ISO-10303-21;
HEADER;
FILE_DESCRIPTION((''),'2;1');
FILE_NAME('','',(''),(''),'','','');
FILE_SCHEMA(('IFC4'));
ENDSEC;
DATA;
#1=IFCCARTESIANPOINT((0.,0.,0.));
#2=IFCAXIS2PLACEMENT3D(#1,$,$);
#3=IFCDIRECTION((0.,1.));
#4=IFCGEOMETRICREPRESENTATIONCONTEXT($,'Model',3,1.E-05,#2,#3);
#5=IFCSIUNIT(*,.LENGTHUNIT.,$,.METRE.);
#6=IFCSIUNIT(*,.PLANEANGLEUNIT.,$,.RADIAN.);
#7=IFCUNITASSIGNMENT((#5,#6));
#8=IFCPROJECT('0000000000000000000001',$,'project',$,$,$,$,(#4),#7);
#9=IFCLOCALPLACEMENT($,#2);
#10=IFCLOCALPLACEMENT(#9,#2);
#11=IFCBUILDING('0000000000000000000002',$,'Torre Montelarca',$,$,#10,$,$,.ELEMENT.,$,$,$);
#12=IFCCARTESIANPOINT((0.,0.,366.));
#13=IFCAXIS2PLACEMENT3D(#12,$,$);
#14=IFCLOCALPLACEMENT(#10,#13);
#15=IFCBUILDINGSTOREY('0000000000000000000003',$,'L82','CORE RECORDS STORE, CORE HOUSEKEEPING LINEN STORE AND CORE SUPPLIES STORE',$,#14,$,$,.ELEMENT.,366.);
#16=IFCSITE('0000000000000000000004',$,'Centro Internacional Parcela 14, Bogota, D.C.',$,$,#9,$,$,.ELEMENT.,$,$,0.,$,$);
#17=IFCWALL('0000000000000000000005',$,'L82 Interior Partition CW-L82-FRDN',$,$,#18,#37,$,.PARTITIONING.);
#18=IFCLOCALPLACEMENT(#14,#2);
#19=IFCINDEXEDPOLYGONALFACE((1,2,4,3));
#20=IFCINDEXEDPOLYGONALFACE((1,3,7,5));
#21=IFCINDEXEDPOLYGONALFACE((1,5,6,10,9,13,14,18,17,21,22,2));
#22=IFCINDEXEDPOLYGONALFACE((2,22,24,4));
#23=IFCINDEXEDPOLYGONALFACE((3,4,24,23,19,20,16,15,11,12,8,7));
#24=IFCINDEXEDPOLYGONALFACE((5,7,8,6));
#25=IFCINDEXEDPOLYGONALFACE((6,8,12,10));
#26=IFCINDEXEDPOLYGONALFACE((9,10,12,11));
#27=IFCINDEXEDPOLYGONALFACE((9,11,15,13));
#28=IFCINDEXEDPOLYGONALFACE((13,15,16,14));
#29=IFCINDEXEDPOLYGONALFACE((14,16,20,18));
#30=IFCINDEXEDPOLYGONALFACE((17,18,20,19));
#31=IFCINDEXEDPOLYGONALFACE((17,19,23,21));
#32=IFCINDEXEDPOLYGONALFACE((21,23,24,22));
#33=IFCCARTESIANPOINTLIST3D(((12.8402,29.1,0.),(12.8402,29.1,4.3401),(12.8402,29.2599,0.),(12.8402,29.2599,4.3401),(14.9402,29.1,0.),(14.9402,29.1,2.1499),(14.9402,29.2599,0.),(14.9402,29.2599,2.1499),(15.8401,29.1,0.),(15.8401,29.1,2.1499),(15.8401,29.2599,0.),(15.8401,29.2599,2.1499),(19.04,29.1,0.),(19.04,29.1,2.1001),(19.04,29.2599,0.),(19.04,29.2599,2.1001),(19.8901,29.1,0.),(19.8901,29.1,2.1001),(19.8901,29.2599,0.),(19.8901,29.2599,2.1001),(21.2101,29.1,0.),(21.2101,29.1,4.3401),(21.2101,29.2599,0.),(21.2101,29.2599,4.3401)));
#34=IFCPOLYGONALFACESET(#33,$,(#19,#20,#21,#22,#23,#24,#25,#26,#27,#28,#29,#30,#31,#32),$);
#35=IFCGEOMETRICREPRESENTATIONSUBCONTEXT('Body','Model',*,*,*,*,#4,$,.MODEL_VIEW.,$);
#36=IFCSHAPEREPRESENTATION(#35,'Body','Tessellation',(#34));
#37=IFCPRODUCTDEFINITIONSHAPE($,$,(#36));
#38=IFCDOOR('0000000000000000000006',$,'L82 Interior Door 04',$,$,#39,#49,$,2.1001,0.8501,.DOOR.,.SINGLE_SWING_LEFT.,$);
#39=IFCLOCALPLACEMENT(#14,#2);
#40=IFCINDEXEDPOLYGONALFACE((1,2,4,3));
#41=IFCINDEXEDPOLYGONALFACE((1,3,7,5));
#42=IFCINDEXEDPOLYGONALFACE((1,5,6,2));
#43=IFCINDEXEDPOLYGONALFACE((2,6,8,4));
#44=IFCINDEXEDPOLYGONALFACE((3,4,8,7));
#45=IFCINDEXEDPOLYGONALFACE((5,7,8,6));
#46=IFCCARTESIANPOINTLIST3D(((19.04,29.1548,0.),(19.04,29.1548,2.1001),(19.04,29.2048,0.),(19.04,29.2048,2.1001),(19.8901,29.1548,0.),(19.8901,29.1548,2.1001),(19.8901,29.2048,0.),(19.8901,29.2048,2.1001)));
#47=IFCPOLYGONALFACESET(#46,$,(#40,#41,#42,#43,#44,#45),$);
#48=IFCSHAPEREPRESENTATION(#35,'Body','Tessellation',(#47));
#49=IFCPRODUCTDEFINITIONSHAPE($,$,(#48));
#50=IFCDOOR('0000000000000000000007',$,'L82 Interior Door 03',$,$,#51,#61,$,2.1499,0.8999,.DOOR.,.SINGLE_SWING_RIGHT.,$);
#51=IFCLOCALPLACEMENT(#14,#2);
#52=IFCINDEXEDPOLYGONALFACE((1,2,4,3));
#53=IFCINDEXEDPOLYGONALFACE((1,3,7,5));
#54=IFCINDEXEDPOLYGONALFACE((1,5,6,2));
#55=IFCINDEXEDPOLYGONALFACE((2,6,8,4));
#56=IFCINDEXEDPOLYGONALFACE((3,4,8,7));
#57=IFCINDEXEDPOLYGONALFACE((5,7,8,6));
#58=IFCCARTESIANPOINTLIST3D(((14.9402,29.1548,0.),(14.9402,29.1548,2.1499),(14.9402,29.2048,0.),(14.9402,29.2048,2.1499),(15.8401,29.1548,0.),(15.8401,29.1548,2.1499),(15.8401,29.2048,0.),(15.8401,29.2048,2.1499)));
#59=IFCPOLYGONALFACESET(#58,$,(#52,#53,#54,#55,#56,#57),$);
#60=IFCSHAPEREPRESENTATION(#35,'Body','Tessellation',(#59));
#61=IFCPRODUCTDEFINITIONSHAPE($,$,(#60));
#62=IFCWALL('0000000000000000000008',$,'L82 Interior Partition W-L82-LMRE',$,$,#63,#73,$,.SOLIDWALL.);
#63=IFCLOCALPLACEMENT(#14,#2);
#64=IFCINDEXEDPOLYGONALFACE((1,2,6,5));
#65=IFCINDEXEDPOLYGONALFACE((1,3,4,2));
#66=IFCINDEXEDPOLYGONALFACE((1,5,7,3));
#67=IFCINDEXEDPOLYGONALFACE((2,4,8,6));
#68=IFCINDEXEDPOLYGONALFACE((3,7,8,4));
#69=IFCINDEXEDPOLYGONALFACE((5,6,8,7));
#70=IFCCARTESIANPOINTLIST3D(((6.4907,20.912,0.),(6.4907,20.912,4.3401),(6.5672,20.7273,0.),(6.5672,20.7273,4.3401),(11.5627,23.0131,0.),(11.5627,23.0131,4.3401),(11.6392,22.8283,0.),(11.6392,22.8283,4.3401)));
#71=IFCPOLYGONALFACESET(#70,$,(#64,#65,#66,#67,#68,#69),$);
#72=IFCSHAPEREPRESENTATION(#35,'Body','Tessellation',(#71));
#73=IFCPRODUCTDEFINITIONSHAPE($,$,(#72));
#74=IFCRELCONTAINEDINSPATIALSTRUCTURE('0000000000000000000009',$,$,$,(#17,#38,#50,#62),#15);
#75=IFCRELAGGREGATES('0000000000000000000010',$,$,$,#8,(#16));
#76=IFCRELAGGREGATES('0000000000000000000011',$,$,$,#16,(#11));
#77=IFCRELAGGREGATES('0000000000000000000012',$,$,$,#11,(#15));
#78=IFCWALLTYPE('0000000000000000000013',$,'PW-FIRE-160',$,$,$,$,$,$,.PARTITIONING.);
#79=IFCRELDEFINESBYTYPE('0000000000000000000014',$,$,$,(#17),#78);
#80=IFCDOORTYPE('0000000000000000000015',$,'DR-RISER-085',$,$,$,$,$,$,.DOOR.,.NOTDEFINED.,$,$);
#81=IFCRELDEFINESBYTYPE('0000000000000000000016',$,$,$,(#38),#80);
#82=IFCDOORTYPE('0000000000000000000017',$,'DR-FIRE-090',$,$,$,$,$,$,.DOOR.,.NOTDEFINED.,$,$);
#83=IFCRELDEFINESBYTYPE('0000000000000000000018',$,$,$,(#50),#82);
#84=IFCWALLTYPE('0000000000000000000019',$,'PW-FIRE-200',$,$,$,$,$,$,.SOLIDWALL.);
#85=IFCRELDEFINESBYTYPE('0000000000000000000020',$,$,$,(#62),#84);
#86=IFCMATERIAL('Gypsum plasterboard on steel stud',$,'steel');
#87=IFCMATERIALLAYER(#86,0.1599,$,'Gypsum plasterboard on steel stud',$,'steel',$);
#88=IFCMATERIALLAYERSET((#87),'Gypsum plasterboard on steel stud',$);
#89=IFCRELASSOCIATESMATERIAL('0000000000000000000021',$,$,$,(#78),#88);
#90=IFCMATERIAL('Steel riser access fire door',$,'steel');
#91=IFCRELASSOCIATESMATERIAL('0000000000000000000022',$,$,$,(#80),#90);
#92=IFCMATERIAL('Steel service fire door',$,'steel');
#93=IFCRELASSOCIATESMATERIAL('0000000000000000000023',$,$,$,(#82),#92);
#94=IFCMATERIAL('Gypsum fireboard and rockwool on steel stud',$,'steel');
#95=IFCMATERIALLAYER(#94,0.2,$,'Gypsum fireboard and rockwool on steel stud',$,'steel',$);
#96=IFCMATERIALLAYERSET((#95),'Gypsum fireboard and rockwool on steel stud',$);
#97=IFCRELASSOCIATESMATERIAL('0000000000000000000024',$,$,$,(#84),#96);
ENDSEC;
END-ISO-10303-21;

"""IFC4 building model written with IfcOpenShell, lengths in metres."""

from ifc_helpers import new_model, si_unit, direction, frame, frame_2d, origin, place, context, subcontext, project, spatial, rectangle, extrude, source, transform, mapped, material, layer, layer_set, type_object, element, fill, save


model = new_model("IFC4")

# Units and contexts
model_context = context("Model", 3, precision=1e-05, world=origin(), true_north=direction((0.0, 1.0)))
body_context = subcontext(model_context, "Body", "Model", "MODEL_VIEW")
ifc_project = project(units=[si_unit("LENGTHUNIT", "METRE"), si_unit("PLANEANGLEUNIT", "RADIAN")], contexts=[model_context])

# Site, building, storey
site_placement = place(None, origin())
site = spatial("IfcSite", under=ifc_project, at=site_placement, Name="Centro Internacional Parcela 14, Bogota, D.C.", CompositionType="ELEMENT", RefElevation=0.0)
building_placement = place(site_placement, origin())
building = spatial("IfcBuilding", under=site, at=building_placement, Name="Torre Montelarca", CompositionType="ELEMENT")
storey_placement = place(building_placement, frame((0.0, 0.0, 366.0)))
storey = spatial("IfcBuildingStorey", under=building, at=storey_placement, Name="L82", Description="CORE RECORDS STORE, CORE HOUSEKEEPING LINEN STORE AND CORE SUPPLIES STORE", CompositionType="ELEMENT", Elevation=366.0)

# Wall, openings, doors
ifc_material_1 = material(Name="Gypsum plasterboard on steel stud", Category="steel")
ifc_layer_1 = layer(ifc_material_1, 0.1599, Name="Gypsum plasterboard on steel stud", Category="steel")
ifc_layer_set_1 = layer_set([ifc_layer_1], Name="Gypsum plasterboard on steel stud")
wall_type_1 = type_object("IfcWallType", Name="PW-FIRE-160", PredefinedType="PARTITIONING", material=ifc_layer_set_1)
wall_1_placement = place(storey_placement, frame((12.8401, 29.1799, 0.0), z_axis=(0.0, 0.0, 1.0), x_axis=(1.0, 0.0, 0.0)))
wall_1 = element("IfcWall", 1, at=wall_1_placement, inside=storey, type_object=wall_type_1, Name="L82 Interior Partition CW-L82-FRDN", PredefinedType="PARTITIONING", context=body_context, shape_type="SweptSolid", body=[
    extrude(rectangle(XDim=8.3699, YDim=0.1599, at=frame_2d((4.1851, 0.0))), origin(), (0.0, 0.0, 1.0), 4.3401),
])
opening_1_placement = place(wall_1_placement, frame((2.1001, 0.0, 0.0)))
opening_1 = element("IfcOpeningElement", 2, at=opening_1_placement, cuts=wall_1, PredefinedType="OPENING", context=body_context, shape_type="SweptSolid", body=[
    extrude(rectangle(XDim=0.8999, YDim=2.1499, at=frame_2d((0.45, 1.075))), frame((0.0, 0.0898, 0.0), z_axis=(0.0, -1.0, 0.0), x_axis=(1.0, 0.0, 0.0)), (0.0, 0.0, 1.0), 0.1799),
])
opening_2_placement = place(wall_1_placement, frame((6.2, 0.0, 0.0)))
opening_2 = element("IfcOpeningElement", 3, at=opening_2_placement, cuts=wall_1, PredefinedType="OPENING", context=body_context, shape_type="SweptSolid", body=[
    extrude(rectangle(XDim=0.8501, YDim=2.1001, at=frame_2d((0.425, 1.05))), frame((0.0, 0.0898, 0.0), z_axis=(0.0, -1.0, 0.0), x_axis=(1.0, 0.0, 0.0)), (0.0, 0.0, 1.0), 0.1799),
])
ifc_material_2 = material(Name="Steel riser access fire door", Category="steel")
door_type_1 = type_object("IfcDoorType", Name="DR-RISER-085", OperationType="NOTDEFINED", PredefinedType="DOOR", material=ifc_material_2)
shared_shape_1 = source(origin(), body_context, "Body", "SweptSolid", [
    extrude(rectangle(XDim=0.8501, YDim=2.1001, at=frame_2d((0.425, 1.05))), frame((0.0, 0.0249, 0.0), z_axis=(0.0, -1.0, 0.0), x_axis=(1.0, 0.0, 0.0)), (0.0, 0.0, 1.0), 0.05),
])
door_1_placement = place(opening_2_placement, origin())
door_1 = element("IfcDoor", 4, at=door_1_placement, inside=storey, type_object=door_type_1, Name="L82 Interior Door 04", OperationType="SINGLE_SWING_LEFT", OverallHeight=2.1001, OverallWidth=0.8501, PredefinedType="DOOR", context=body_context, shape_type="MappedRepresentation", body=[
    mapped(shared_shape_1, transform((0.0, 0.0, 0.0), scale=1.0)),
])
fill(opening_2, door_1)
ifc_material_3 = material(Name="Steel service fire door", Category="steel")
door_type_2 = type_object("IfcDoorType", Name="DR-FIRE-090", OperationType="NOTDEFINED", PredefinedType="DOOR", material=ifc_material_3)
shared_shape_2 = source(origin(), body_context, "Body", "SweptSolid", [
    extrude(rectangle(XDim=0.8999, YDim=2.1499, at=frame_2d((0.45, 1.075))), frame((0.0, 0.0249, 0.0), z_axis=(0.0, -1.0, 0.0), x_axis=(1.0, 0.0, 0.0)), (0.0, 0.0, 1.0), 0.05),
])
door_2_placement = place(opening_1_placement, origin())
door_2 = element("IfcDoor", 5, at=door_2_placement, inside=storey, type_object=door_type_2, Name="L82 Interior Door 03", OperationType="SINGLE_SWING_RIGHT", OverallHeight=2.1499, OverallWidth=0.8999, PredefinedType="DOOR", context=body_context, shape_type="MappedRepresentation", body=[
    mapped(shared_shape_2, transform((0.0, 0.0, 0.0), scale=1.0)),
])
fill(opening_1, door_2)

# Wall
ifc_material_4 = material(Name="Gypsum fireboard and rockwool on steel stud", Category="steel")
ifc_layer_2 = layer(ifc_material_4, 0.2, Name="Gypsum fireboard and rockwool on steel stud", Category="steel")
ifc_layer_set_2 = layer_set([ifc_layer_2], Name="Gypsum fireboard and rockwool on steel stud")
wall_type_2 = type_object("IfcWallType", Name="PW-FIRE-200", PredefinedType="SOLIDWALL", material=ifc_layer_set_2)
wall_2_placement = place(storey_placement, frame((6.5288, 20.8196, 0.0), z_axis=(0.0, 0.0, 1.0), x_axis=(0.923868, 0.382711, 0.0)))
element("IfcWall", 6, at=wall_2_placement, inside=storey, type_object=wall_type_2, Name="L82 Interior Partition W-L82-LMRE", PredefinedType="SOLIDWALL", context=body_context, shape_type="SweptSolid", body=[
    extrude(rectangle(XDim=5.49, YDim=0.2, at=frame_2d((2.7451, 0.0))), origin(), (0.0, 0.0, 1.0), 4.3401),
])

save(model, "model.ifc")
